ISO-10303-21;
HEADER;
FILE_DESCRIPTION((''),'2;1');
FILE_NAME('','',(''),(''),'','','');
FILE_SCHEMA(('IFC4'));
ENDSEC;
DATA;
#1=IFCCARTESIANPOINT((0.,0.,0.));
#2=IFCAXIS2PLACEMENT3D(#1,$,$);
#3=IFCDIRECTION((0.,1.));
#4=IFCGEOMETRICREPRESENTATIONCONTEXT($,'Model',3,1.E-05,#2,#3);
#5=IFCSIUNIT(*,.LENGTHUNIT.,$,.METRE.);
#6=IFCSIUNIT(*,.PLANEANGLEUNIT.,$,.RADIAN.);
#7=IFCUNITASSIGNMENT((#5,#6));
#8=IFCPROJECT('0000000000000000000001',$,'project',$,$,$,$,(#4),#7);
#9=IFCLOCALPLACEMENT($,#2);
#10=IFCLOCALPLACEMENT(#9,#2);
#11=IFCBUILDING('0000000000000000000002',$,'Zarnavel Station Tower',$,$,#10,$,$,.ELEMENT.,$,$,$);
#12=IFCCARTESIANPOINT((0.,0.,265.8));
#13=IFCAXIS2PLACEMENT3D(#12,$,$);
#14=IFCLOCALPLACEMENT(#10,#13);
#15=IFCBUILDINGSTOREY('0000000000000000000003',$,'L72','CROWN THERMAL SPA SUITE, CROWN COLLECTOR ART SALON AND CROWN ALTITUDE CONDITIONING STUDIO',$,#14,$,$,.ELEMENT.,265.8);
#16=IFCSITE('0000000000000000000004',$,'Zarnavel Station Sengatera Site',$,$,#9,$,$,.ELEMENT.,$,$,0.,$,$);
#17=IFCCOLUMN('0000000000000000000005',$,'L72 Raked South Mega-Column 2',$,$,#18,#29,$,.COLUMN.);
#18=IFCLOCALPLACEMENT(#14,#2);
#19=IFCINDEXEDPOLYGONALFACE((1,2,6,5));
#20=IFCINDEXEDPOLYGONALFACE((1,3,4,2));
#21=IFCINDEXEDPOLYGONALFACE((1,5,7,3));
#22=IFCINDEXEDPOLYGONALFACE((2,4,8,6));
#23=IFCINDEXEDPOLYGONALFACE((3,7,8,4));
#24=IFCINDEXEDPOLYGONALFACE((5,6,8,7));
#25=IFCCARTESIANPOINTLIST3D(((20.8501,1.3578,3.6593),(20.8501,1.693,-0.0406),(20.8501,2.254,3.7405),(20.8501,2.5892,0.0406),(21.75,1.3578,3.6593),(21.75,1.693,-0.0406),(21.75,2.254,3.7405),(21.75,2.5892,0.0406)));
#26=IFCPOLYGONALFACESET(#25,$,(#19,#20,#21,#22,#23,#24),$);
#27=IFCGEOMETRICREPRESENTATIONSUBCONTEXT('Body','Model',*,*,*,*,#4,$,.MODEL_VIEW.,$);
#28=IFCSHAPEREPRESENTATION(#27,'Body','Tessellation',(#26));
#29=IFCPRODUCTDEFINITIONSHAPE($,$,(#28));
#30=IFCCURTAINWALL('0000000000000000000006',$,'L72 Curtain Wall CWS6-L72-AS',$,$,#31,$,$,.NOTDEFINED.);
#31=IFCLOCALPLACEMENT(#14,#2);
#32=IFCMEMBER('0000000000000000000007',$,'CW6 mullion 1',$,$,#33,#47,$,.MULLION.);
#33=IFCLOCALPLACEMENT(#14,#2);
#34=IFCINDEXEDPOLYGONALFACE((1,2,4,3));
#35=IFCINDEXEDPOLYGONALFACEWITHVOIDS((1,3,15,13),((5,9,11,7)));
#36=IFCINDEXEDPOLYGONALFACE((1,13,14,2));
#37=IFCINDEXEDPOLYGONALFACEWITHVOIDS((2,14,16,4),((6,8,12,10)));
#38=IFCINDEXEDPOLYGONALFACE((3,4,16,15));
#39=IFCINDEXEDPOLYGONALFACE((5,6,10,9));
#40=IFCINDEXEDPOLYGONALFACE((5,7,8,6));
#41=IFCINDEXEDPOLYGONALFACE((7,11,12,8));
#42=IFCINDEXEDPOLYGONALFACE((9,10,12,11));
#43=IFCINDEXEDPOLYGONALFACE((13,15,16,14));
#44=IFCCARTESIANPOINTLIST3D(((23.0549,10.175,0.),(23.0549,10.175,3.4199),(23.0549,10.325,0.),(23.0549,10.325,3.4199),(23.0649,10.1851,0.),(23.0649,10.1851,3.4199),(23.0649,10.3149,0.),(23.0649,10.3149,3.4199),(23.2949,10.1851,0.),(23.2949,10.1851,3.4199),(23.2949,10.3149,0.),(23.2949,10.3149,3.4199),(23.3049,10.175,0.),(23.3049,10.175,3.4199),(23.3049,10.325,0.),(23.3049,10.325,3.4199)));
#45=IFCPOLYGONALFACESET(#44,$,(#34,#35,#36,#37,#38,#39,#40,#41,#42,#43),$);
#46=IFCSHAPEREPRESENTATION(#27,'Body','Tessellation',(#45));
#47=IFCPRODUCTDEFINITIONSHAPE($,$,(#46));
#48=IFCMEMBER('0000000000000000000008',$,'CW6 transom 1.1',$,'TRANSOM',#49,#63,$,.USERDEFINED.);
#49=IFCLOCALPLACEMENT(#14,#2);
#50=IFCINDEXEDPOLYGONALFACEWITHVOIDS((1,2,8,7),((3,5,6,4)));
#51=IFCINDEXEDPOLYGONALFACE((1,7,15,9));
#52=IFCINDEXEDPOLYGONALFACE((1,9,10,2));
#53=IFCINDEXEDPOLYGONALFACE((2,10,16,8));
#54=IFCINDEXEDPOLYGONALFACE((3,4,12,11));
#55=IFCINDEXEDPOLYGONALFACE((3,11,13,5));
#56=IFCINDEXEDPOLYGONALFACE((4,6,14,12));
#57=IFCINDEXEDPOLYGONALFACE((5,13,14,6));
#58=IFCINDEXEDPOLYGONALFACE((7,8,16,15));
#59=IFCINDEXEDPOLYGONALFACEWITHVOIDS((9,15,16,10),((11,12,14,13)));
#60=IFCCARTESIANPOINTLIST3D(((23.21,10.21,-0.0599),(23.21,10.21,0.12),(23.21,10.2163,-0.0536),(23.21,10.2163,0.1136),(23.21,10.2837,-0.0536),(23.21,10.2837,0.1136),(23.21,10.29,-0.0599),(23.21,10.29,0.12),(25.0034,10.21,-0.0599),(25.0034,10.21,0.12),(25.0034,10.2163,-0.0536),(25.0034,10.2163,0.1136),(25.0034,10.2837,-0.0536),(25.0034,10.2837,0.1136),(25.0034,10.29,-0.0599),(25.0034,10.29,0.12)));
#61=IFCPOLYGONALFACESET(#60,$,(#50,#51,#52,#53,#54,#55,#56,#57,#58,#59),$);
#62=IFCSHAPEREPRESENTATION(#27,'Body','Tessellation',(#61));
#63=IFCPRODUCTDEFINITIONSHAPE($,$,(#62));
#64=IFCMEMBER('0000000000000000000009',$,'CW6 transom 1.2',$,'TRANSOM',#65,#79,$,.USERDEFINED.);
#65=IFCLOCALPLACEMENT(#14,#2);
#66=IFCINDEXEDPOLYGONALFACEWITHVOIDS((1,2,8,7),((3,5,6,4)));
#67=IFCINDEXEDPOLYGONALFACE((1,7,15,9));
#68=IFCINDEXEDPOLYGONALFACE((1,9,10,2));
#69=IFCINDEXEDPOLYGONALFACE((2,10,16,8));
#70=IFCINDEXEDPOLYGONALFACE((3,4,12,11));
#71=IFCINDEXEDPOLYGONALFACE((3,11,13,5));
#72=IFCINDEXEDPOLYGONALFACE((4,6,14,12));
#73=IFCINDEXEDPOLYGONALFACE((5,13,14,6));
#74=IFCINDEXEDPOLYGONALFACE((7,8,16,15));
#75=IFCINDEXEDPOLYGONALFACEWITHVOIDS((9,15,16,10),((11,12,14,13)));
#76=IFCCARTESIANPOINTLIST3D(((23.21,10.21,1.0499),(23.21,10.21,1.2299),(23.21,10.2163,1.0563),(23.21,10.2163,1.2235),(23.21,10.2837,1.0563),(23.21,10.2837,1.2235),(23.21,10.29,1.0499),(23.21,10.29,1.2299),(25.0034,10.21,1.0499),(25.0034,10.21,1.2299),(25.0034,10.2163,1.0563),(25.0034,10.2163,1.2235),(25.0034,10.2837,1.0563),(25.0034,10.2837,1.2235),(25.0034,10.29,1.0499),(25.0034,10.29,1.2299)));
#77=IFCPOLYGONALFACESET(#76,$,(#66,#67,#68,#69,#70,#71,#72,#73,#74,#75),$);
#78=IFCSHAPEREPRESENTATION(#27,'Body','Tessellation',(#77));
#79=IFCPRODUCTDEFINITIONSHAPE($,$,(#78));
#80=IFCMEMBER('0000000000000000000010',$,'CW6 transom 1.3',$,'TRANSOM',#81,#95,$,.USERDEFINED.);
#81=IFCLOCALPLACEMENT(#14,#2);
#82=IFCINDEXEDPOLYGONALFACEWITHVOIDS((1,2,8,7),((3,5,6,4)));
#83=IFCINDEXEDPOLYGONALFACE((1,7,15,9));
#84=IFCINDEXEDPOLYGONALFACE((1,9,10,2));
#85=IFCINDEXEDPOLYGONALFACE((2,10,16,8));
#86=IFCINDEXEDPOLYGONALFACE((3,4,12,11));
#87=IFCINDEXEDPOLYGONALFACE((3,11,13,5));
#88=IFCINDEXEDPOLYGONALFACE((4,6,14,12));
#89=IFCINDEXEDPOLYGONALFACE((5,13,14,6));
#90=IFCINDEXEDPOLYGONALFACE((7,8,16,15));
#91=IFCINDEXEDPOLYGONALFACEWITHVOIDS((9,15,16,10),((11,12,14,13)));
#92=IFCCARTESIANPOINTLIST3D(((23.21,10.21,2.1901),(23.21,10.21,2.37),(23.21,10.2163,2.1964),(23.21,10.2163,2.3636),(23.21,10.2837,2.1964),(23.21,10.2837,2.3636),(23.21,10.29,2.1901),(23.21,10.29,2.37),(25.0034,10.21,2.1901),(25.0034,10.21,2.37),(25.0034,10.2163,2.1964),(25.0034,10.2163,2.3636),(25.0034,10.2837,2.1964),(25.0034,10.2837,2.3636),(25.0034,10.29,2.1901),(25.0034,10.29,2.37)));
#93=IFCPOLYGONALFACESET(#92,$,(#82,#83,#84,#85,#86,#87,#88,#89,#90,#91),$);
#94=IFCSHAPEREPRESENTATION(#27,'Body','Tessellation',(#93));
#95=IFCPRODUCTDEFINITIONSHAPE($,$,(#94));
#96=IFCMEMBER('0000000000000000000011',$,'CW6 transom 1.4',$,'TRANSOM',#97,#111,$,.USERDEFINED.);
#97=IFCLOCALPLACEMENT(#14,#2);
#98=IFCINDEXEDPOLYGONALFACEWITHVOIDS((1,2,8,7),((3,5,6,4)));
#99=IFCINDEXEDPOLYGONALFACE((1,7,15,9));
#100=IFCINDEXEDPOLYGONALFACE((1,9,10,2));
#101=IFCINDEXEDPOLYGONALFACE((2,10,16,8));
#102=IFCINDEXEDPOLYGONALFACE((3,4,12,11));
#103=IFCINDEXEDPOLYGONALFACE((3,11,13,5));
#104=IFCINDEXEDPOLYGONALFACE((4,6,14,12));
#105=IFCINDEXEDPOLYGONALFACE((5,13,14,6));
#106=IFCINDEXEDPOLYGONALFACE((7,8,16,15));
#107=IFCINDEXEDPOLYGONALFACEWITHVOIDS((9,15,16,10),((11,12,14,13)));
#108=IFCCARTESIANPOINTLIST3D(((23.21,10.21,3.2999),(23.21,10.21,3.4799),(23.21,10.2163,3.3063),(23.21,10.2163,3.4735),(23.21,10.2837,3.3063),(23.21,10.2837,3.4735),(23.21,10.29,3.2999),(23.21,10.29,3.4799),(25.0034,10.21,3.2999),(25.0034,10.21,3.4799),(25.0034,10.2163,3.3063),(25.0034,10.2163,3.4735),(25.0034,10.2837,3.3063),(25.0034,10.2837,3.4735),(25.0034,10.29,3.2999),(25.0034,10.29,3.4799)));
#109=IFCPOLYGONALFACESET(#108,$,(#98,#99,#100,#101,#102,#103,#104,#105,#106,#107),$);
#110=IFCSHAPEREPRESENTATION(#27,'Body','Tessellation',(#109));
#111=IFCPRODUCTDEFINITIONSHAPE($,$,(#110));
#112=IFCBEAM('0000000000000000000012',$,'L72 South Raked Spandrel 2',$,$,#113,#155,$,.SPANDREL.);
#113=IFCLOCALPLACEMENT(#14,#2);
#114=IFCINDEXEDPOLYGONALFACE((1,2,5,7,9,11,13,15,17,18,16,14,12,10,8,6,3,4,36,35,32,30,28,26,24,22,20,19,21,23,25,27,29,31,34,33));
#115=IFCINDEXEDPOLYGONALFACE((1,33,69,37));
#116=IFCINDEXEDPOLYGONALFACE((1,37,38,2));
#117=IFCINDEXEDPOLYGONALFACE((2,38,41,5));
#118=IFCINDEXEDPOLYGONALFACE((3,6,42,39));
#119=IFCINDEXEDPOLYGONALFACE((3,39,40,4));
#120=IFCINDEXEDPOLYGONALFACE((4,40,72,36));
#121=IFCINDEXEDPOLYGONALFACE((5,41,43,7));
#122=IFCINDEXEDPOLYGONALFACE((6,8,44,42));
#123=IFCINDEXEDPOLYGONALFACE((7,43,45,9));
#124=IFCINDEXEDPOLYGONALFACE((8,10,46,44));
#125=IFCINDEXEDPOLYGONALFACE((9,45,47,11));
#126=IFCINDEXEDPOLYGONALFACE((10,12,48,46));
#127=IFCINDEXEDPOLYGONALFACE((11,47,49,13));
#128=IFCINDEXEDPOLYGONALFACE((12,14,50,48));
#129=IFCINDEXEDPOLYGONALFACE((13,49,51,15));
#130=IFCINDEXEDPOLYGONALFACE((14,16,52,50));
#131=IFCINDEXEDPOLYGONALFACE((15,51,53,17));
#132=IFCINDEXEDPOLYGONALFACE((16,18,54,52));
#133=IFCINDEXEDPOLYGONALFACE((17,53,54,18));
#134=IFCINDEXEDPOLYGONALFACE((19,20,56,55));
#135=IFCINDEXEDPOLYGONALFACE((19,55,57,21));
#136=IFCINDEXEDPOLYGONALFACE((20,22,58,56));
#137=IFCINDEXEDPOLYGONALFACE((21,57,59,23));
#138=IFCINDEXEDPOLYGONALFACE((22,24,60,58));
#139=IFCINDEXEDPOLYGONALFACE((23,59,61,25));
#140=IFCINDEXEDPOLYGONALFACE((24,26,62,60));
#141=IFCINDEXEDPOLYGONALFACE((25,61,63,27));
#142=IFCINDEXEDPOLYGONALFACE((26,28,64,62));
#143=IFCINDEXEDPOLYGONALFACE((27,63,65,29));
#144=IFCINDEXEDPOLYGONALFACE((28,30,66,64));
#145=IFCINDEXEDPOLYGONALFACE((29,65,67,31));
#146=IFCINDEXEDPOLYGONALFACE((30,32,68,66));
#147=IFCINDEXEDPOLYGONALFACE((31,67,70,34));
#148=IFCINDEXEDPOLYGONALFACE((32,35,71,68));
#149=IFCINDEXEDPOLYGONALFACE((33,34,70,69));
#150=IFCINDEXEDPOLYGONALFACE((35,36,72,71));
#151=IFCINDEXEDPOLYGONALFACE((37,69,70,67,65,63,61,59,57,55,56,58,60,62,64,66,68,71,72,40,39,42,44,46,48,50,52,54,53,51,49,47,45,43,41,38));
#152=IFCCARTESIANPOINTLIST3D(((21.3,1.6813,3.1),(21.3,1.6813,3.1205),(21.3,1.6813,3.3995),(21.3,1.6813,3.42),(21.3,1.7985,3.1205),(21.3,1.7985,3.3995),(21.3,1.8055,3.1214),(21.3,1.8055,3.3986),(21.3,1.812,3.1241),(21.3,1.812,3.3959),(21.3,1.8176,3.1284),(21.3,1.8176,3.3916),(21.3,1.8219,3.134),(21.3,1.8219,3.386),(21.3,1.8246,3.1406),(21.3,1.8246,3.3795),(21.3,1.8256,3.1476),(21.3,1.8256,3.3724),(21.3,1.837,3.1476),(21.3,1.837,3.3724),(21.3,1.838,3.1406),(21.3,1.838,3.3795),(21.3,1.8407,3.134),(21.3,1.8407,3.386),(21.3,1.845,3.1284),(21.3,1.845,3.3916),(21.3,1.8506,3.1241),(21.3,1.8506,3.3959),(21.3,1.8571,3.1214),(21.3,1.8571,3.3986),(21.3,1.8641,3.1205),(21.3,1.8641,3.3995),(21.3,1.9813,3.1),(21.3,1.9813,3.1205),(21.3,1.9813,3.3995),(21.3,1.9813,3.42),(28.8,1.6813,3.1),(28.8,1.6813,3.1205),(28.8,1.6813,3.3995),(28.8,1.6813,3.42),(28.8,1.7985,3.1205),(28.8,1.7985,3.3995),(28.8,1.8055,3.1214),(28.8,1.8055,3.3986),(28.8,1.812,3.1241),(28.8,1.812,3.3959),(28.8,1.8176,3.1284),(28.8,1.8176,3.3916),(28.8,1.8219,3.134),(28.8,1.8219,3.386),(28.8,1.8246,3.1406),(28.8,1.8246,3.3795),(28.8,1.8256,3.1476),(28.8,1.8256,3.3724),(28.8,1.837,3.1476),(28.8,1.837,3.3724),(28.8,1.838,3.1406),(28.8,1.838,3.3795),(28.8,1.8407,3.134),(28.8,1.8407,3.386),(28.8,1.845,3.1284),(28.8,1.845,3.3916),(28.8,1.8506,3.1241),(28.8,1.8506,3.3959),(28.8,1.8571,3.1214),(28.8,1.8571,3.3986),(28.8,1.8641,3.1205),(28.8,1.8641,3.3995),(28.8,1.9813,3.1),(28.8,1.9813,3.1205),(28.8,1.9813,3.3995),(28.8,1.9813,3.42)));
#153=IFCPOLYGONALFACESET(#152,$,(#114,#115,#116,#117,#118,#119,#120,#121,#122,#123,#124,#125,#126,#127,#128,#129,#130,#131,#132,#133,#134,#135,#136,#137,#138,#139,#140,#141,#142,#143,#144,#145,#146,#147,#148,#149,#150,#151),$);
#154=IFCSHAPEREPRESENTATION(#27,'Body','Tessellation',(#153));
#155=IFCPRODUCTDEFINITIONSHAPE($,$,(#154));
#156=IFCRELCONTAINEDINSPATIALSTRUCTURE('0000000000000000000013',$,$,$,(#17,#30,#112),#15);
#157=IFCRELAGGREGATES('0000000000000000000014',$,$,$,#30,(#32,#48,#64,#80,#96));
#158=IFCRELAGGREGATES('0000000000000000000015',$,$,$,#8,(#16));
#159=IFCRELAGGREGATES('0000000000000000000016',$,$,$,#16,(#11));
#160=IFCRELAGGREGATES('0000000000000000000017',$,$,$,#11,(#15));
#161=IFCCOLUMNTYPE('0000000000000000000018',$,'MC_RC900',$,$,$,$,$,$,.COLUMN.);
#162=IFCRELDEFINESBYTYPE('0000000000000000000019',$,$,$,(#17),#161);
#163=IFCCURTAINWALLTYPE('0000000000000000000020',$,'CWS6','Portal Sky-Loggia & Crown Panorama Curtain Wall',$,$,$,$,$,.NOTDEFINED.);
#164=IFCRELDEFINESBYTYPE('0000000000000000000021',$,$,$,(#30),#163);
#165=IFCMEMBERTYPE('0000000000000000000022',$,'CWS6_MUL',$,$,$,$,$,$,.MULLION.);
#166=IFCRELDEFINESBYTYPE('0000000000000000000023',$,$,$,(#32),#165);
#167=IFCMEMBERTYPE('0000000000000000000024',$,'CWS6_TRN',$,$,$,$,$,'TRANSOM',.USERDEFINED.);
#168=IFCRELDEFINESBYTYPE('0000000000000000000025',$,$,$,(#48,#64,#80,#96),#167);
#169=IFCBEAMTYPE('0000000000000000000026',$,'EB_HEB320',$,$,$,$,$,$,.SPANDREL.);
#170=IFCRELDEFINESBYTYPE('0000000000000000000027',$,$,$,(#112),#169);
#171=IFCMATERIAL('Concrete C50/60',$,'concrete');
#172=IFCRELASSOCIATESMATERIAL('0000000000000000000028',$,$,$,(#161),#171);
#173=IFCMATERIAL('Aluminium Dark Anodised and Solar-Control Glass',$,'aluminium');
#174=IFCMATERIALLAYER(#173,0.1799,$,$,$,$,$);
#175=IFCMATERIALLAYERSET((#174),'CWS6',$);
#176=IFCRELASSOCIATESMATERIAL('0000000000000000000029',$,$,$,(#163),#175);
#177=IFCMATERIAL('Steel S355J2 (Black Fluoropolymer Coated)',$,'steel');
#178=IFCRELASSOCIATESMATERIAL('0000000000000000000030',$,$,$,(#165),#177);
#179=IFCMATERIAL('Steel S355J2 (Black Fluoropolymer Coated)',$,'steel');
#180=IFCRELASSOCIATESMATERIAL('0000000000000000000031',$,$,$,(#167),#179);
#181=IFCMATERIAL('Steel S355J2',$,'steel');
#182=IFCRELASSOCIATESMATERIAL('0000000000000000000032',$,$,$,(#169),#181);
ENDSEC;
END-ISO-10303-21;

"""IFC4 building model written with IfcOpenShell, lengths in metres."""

from ifc_helpers import new_model, si_unit, direction, frame, origin, origin_2d, place, context, subcontext, project, spatial, rectangle, hollow_rectangle, i_section, extrude, material, layer, layer_set, material_profile, profile_set, type_object, element, aggregate, save


model = new_model("IFC4")

# Units and contexts
model_context = context("Model", 3, precision=1e-05, world=origin(), true_north=direction((0.0, 1.0)))
body_context = subcontext(model_context, "Body", "Model", "MODEL_VIEW")
ifc_project = project(units=[si_unit("LENGTHUNIT", "METRE"), si_unit("PLANEANGLEUNIT", "RADIAN")], contexts=[model_context])

# Site, building, storey
site_placement = place(None, origin())
site = spatial("IfcSite", under=ifc_project, at=site_placement, Name="Zarnavel Station Sengatera Site", CompositionType="ELEMENT", RefElevation=0.0)
building_placement = place(site_placement, origin())
building = spatial("IfcBuilding", under=site, at=building_placement, Name="Zarnavel Station Tower", CompositionType="ELEMENT")
storey_placement = place(building_placement, frame((0.0, 0.0, 265.8)))
storey = spatial("IfcBuildingStorey", under=building, at=storey_placement, Name="L72", Description="CROWN THERMAL SPA SUITE, CROWN COLLECTOR ART SALON AND CROWN ALTITUDE CONDITIONING STUDIO", CompositionType="ELEMENT", Elevation=265.8)

# Column
ifc_material_1 = material(Name="Concrete C50/60", Category="concrete")
ifc_material_profile_1 = material_profile(ifc_material_1, rectangle(XDim=0.8999, YDim=0.8999, at=origin_2d()), Name="RC900x900")
ifc_profile_set_1 = profile_set([ifc_material_profile_1], Name="Concrete C50/60")
column_type = type_object("IfcColumnType", Name="MC_RC900", PredefinedType="COLUMN", material=ifc_profile_set_1)
column_placement = place(storey_placement, frame((21.3, 2.1411, 0.0), z_axis=(0.0, -0.090228, 0.995921), x_axis=(1.0, 0.0, 0.0)))
element("IfcColumn", 1, at=column_placement, inside=storey, type_object=column_type, Name="L72 Raked South Mega-Column 2", PredefinedType="COLUMN", context=body_context, shape_type="SweptSolid", body=[
    extrude(rectangle(XDim=0.8999, YDim=0.8999, at=origin_2d()), origin(), (0.0, 0.0, 1.0), 3.7151),
])

# Curtain wall, members
ifc_material_2 = material(Name="Aluminium Dark Anodised and Solar-Control Glass", Category="aluminium")
ifc_layer_1 = layer(ifc_material_2, 0.1799)
ifc_layer_set_1 = layer_set([ifc_layer_1], Name="CWS6")
curtain_wall_type = type_object("IfcCurtainWallType", Name="CWS6", Description="Portal Sky-Loggia & Crown Panorama Curtain Wall", PredefinedType="NOTDEFINED", material=ifc_layer_set_1)
curtain_wall_placement = place(storey_placement, origin())
curtain_wall = element("IfcCurtainWall", 2, at=curtain_wall_placement, inside=storey, type_object=curtain_wall_type, Name="L72 Curtain Wall CWS6-L72-AS", PredefinedType="NOTDEFINED")
ifc_material_3 = material(Name="Steel S355J2 (Black Fluoropolymer Coated)", Category="steel")
ifc_material_profile_2 = material_profile(ifc_material_3, hollow_rectangle(XDim=0.1499, YDim=0.25, WallThickness=0.01, at=origin_2d()), Name="RHS250x150x10")
ifc_profile_set_2 = profile_set([ifc_material_profile_2], Name="Steel S355J2 (Black Fluoropolymer Coated)")
member_type_1 = type_object("IfcMemberType", Name="CWS6_MUL", PredefinedType="MULLION", material=ifc_profile_set_2)
member_1_placement = place(storey_placement, frame((23.1799, 10.25, 0.0), z_axis=(0.0, 0.0, 1.0), x_axis=(0.0, 1.0, 0.0)))
member_1 = element("IfcMember", 3, at=member_1_placement, type_object=member_type_1, Name="CW6 mullion 1", PredefinedType="MULLION", context=body_context, shape_type="SweptSolid", body=[
    extrude(hollow_rectangle(XDim=0.1499, YDim=0.25, WallThickness=0.01, at=origin_2d()), origin(), (0.0, 0.0, 1.0), 3.4199),
])
ifc_material_4 = material(Name="Steel S355J2 (Black Fluoropolymer Coated)", Category="steel")
ifc_material_profile_3 = material_profile(ifc_material_4, hollow_rectangle(XDim=0.0801, YDim=0.1799, WallThickness=0.0063, at=origin_2d()), Name="RHS180x80x6.3")
ifc_profile_set_3 = profile_set([ifc_material_profile_3], Name="Steel S355J2 (Black Fluoropolymer Coated)")
member_type_2 = type_object("IfcMemberType", Name="CWS6_TRN", ElementType="TRANSOM", PredefinedType="USERDEFINED", material=ifc_profile_set_3)
member_2_placement = place(storey_placement, frame((23.21, 10.25, 0.03), z_axis=(1.0, 0.0, 0.0), x_axis=(0.0, 1.0, 0.0)))
member_2 = element("IfcMember", 4, at=member_2_placement, type_object=member_type_2, Name="CW6 transom 1.1", ObjectType="TRANSOM", PredefinedType="USERDEFINED", context=body_context, shape_type="SweptSolid", body=[
    extrude(hollow_rectangle(XDim=0.0801, YDim=0.1799, WallThickness=0.0063, at=origin_2d()), origin(), (0.0, 0.0, 1.0), 1.7935),
])
member_3_placement = place(storey_placement, frame((23.21, 10.25, 1.1399), z_axis=(1.0, 0.0, 0.0), x_axis=(0.0, 1.0, 0.0)))
member_3 = element("IfcMember", 5, at=member_3_placement, type_object=member_type_2, Name="CW6 transom 1.2", ObjectType="TRANSOM", PredefinedType="USERDEFINED", context=body_context, shape_type="SweptSolid", body=[
    extrude(hollow_rectangle(XDim=0.0801, YDim=0.1799, WallThickness=0.0063, at=origin_2d()), origin(), (0.0, 0.0, 1.0), 1.7935),
])
member_4_placement = place(storey_placement, frame((23.21, 10.25, 2.28), z_axis=(1.0, 0.0, 0.0), x_axis=(0.0, 1.0, 0.0)))
member_4 = element("IfcMember", 6, at=member_4_placement, type_object=member_type_2, Name="CW6 transom 1.3", ObjectType="TRANSOM", PredefinedType="USERDEFINED", context=body_context, shape_type="SweptSolid", body=[
    extrude(hollow_rectangle(XDim=0.0801, YDim=0.1799, WallThickness=0.0063, at=origin_2d()), origin(), (0.0, 0.0, 1.0), 1.7935),
])
member_5_placement = place(storey_placement, frame((23.21, 10.25, 3.3899), z_axis=(1.0, 0.0, 0.0), x_axis=(0.0, 1.0, 0.0)))
member_5 = element("IfcMember", 7, at=member_5_placement, type_object=member_type_2, Name="CW6 transom 1.4", ObjectType="TRANSOM", PredefinedType="USERDEFINED", context=body_context, shape_type="SweptSolid", body=[
    extrude(hollow_rectangle(XDim=0.0801, YDim=0.1799, WallThickness=0.0063, at=origin_2d()), origin(), (0.0, 0.0, 1.0), 1.7935),
])

# Beam
ifc_material_5 = material(Name="Steel S355J2", Category="steel")
ifc_material_profile_4 = material_profile(ifc_material_5, i_section(OverallWidth=0.3, OverallDepth=0.3201, WebThickness=0.0115, FlangeThickness=0.0205, FilletRadius=0.0271, at=origin_2d()), Name="HEB320")
ifc_profile_set_4 = profile_set([ifc_material_profile_4], Name="Steel S355J2")
beam_type_1 = type_object("IfcBeamType", Name="EB_HEB320", PredefinedType="SPANDREL", material=ifc_profile_set_4)
beam_1_placement = place(storey_placement, frame((21.3, 1.8313, 3.26), z_axis=(1.0, 0.0, 0.0), x_axis=(0.0, 1.0, 0.0)))
element("IfcBeam", 8, at=beam_1_placement, inside=storey, type_object=beam_type_1, Name="L72 South Raked Spandrel 2", PredefinedType="SPANDREL", context=body_context, shape_type="SweptSolid", body=[
    extrude(i_section(OverallWidth=0.3, OverallDepth=0.3201, WebThickness=0.0115, FlangeThickness=0.0205, FilletRadius=0.0271, at=origin_2d()), origin(), (0.0, 0.0, 1.0), 7.5),
])

aggregate(curtain_wall, [member_1, member_2, member_3, member_4, member_5])

save(model, "model.ifc")
